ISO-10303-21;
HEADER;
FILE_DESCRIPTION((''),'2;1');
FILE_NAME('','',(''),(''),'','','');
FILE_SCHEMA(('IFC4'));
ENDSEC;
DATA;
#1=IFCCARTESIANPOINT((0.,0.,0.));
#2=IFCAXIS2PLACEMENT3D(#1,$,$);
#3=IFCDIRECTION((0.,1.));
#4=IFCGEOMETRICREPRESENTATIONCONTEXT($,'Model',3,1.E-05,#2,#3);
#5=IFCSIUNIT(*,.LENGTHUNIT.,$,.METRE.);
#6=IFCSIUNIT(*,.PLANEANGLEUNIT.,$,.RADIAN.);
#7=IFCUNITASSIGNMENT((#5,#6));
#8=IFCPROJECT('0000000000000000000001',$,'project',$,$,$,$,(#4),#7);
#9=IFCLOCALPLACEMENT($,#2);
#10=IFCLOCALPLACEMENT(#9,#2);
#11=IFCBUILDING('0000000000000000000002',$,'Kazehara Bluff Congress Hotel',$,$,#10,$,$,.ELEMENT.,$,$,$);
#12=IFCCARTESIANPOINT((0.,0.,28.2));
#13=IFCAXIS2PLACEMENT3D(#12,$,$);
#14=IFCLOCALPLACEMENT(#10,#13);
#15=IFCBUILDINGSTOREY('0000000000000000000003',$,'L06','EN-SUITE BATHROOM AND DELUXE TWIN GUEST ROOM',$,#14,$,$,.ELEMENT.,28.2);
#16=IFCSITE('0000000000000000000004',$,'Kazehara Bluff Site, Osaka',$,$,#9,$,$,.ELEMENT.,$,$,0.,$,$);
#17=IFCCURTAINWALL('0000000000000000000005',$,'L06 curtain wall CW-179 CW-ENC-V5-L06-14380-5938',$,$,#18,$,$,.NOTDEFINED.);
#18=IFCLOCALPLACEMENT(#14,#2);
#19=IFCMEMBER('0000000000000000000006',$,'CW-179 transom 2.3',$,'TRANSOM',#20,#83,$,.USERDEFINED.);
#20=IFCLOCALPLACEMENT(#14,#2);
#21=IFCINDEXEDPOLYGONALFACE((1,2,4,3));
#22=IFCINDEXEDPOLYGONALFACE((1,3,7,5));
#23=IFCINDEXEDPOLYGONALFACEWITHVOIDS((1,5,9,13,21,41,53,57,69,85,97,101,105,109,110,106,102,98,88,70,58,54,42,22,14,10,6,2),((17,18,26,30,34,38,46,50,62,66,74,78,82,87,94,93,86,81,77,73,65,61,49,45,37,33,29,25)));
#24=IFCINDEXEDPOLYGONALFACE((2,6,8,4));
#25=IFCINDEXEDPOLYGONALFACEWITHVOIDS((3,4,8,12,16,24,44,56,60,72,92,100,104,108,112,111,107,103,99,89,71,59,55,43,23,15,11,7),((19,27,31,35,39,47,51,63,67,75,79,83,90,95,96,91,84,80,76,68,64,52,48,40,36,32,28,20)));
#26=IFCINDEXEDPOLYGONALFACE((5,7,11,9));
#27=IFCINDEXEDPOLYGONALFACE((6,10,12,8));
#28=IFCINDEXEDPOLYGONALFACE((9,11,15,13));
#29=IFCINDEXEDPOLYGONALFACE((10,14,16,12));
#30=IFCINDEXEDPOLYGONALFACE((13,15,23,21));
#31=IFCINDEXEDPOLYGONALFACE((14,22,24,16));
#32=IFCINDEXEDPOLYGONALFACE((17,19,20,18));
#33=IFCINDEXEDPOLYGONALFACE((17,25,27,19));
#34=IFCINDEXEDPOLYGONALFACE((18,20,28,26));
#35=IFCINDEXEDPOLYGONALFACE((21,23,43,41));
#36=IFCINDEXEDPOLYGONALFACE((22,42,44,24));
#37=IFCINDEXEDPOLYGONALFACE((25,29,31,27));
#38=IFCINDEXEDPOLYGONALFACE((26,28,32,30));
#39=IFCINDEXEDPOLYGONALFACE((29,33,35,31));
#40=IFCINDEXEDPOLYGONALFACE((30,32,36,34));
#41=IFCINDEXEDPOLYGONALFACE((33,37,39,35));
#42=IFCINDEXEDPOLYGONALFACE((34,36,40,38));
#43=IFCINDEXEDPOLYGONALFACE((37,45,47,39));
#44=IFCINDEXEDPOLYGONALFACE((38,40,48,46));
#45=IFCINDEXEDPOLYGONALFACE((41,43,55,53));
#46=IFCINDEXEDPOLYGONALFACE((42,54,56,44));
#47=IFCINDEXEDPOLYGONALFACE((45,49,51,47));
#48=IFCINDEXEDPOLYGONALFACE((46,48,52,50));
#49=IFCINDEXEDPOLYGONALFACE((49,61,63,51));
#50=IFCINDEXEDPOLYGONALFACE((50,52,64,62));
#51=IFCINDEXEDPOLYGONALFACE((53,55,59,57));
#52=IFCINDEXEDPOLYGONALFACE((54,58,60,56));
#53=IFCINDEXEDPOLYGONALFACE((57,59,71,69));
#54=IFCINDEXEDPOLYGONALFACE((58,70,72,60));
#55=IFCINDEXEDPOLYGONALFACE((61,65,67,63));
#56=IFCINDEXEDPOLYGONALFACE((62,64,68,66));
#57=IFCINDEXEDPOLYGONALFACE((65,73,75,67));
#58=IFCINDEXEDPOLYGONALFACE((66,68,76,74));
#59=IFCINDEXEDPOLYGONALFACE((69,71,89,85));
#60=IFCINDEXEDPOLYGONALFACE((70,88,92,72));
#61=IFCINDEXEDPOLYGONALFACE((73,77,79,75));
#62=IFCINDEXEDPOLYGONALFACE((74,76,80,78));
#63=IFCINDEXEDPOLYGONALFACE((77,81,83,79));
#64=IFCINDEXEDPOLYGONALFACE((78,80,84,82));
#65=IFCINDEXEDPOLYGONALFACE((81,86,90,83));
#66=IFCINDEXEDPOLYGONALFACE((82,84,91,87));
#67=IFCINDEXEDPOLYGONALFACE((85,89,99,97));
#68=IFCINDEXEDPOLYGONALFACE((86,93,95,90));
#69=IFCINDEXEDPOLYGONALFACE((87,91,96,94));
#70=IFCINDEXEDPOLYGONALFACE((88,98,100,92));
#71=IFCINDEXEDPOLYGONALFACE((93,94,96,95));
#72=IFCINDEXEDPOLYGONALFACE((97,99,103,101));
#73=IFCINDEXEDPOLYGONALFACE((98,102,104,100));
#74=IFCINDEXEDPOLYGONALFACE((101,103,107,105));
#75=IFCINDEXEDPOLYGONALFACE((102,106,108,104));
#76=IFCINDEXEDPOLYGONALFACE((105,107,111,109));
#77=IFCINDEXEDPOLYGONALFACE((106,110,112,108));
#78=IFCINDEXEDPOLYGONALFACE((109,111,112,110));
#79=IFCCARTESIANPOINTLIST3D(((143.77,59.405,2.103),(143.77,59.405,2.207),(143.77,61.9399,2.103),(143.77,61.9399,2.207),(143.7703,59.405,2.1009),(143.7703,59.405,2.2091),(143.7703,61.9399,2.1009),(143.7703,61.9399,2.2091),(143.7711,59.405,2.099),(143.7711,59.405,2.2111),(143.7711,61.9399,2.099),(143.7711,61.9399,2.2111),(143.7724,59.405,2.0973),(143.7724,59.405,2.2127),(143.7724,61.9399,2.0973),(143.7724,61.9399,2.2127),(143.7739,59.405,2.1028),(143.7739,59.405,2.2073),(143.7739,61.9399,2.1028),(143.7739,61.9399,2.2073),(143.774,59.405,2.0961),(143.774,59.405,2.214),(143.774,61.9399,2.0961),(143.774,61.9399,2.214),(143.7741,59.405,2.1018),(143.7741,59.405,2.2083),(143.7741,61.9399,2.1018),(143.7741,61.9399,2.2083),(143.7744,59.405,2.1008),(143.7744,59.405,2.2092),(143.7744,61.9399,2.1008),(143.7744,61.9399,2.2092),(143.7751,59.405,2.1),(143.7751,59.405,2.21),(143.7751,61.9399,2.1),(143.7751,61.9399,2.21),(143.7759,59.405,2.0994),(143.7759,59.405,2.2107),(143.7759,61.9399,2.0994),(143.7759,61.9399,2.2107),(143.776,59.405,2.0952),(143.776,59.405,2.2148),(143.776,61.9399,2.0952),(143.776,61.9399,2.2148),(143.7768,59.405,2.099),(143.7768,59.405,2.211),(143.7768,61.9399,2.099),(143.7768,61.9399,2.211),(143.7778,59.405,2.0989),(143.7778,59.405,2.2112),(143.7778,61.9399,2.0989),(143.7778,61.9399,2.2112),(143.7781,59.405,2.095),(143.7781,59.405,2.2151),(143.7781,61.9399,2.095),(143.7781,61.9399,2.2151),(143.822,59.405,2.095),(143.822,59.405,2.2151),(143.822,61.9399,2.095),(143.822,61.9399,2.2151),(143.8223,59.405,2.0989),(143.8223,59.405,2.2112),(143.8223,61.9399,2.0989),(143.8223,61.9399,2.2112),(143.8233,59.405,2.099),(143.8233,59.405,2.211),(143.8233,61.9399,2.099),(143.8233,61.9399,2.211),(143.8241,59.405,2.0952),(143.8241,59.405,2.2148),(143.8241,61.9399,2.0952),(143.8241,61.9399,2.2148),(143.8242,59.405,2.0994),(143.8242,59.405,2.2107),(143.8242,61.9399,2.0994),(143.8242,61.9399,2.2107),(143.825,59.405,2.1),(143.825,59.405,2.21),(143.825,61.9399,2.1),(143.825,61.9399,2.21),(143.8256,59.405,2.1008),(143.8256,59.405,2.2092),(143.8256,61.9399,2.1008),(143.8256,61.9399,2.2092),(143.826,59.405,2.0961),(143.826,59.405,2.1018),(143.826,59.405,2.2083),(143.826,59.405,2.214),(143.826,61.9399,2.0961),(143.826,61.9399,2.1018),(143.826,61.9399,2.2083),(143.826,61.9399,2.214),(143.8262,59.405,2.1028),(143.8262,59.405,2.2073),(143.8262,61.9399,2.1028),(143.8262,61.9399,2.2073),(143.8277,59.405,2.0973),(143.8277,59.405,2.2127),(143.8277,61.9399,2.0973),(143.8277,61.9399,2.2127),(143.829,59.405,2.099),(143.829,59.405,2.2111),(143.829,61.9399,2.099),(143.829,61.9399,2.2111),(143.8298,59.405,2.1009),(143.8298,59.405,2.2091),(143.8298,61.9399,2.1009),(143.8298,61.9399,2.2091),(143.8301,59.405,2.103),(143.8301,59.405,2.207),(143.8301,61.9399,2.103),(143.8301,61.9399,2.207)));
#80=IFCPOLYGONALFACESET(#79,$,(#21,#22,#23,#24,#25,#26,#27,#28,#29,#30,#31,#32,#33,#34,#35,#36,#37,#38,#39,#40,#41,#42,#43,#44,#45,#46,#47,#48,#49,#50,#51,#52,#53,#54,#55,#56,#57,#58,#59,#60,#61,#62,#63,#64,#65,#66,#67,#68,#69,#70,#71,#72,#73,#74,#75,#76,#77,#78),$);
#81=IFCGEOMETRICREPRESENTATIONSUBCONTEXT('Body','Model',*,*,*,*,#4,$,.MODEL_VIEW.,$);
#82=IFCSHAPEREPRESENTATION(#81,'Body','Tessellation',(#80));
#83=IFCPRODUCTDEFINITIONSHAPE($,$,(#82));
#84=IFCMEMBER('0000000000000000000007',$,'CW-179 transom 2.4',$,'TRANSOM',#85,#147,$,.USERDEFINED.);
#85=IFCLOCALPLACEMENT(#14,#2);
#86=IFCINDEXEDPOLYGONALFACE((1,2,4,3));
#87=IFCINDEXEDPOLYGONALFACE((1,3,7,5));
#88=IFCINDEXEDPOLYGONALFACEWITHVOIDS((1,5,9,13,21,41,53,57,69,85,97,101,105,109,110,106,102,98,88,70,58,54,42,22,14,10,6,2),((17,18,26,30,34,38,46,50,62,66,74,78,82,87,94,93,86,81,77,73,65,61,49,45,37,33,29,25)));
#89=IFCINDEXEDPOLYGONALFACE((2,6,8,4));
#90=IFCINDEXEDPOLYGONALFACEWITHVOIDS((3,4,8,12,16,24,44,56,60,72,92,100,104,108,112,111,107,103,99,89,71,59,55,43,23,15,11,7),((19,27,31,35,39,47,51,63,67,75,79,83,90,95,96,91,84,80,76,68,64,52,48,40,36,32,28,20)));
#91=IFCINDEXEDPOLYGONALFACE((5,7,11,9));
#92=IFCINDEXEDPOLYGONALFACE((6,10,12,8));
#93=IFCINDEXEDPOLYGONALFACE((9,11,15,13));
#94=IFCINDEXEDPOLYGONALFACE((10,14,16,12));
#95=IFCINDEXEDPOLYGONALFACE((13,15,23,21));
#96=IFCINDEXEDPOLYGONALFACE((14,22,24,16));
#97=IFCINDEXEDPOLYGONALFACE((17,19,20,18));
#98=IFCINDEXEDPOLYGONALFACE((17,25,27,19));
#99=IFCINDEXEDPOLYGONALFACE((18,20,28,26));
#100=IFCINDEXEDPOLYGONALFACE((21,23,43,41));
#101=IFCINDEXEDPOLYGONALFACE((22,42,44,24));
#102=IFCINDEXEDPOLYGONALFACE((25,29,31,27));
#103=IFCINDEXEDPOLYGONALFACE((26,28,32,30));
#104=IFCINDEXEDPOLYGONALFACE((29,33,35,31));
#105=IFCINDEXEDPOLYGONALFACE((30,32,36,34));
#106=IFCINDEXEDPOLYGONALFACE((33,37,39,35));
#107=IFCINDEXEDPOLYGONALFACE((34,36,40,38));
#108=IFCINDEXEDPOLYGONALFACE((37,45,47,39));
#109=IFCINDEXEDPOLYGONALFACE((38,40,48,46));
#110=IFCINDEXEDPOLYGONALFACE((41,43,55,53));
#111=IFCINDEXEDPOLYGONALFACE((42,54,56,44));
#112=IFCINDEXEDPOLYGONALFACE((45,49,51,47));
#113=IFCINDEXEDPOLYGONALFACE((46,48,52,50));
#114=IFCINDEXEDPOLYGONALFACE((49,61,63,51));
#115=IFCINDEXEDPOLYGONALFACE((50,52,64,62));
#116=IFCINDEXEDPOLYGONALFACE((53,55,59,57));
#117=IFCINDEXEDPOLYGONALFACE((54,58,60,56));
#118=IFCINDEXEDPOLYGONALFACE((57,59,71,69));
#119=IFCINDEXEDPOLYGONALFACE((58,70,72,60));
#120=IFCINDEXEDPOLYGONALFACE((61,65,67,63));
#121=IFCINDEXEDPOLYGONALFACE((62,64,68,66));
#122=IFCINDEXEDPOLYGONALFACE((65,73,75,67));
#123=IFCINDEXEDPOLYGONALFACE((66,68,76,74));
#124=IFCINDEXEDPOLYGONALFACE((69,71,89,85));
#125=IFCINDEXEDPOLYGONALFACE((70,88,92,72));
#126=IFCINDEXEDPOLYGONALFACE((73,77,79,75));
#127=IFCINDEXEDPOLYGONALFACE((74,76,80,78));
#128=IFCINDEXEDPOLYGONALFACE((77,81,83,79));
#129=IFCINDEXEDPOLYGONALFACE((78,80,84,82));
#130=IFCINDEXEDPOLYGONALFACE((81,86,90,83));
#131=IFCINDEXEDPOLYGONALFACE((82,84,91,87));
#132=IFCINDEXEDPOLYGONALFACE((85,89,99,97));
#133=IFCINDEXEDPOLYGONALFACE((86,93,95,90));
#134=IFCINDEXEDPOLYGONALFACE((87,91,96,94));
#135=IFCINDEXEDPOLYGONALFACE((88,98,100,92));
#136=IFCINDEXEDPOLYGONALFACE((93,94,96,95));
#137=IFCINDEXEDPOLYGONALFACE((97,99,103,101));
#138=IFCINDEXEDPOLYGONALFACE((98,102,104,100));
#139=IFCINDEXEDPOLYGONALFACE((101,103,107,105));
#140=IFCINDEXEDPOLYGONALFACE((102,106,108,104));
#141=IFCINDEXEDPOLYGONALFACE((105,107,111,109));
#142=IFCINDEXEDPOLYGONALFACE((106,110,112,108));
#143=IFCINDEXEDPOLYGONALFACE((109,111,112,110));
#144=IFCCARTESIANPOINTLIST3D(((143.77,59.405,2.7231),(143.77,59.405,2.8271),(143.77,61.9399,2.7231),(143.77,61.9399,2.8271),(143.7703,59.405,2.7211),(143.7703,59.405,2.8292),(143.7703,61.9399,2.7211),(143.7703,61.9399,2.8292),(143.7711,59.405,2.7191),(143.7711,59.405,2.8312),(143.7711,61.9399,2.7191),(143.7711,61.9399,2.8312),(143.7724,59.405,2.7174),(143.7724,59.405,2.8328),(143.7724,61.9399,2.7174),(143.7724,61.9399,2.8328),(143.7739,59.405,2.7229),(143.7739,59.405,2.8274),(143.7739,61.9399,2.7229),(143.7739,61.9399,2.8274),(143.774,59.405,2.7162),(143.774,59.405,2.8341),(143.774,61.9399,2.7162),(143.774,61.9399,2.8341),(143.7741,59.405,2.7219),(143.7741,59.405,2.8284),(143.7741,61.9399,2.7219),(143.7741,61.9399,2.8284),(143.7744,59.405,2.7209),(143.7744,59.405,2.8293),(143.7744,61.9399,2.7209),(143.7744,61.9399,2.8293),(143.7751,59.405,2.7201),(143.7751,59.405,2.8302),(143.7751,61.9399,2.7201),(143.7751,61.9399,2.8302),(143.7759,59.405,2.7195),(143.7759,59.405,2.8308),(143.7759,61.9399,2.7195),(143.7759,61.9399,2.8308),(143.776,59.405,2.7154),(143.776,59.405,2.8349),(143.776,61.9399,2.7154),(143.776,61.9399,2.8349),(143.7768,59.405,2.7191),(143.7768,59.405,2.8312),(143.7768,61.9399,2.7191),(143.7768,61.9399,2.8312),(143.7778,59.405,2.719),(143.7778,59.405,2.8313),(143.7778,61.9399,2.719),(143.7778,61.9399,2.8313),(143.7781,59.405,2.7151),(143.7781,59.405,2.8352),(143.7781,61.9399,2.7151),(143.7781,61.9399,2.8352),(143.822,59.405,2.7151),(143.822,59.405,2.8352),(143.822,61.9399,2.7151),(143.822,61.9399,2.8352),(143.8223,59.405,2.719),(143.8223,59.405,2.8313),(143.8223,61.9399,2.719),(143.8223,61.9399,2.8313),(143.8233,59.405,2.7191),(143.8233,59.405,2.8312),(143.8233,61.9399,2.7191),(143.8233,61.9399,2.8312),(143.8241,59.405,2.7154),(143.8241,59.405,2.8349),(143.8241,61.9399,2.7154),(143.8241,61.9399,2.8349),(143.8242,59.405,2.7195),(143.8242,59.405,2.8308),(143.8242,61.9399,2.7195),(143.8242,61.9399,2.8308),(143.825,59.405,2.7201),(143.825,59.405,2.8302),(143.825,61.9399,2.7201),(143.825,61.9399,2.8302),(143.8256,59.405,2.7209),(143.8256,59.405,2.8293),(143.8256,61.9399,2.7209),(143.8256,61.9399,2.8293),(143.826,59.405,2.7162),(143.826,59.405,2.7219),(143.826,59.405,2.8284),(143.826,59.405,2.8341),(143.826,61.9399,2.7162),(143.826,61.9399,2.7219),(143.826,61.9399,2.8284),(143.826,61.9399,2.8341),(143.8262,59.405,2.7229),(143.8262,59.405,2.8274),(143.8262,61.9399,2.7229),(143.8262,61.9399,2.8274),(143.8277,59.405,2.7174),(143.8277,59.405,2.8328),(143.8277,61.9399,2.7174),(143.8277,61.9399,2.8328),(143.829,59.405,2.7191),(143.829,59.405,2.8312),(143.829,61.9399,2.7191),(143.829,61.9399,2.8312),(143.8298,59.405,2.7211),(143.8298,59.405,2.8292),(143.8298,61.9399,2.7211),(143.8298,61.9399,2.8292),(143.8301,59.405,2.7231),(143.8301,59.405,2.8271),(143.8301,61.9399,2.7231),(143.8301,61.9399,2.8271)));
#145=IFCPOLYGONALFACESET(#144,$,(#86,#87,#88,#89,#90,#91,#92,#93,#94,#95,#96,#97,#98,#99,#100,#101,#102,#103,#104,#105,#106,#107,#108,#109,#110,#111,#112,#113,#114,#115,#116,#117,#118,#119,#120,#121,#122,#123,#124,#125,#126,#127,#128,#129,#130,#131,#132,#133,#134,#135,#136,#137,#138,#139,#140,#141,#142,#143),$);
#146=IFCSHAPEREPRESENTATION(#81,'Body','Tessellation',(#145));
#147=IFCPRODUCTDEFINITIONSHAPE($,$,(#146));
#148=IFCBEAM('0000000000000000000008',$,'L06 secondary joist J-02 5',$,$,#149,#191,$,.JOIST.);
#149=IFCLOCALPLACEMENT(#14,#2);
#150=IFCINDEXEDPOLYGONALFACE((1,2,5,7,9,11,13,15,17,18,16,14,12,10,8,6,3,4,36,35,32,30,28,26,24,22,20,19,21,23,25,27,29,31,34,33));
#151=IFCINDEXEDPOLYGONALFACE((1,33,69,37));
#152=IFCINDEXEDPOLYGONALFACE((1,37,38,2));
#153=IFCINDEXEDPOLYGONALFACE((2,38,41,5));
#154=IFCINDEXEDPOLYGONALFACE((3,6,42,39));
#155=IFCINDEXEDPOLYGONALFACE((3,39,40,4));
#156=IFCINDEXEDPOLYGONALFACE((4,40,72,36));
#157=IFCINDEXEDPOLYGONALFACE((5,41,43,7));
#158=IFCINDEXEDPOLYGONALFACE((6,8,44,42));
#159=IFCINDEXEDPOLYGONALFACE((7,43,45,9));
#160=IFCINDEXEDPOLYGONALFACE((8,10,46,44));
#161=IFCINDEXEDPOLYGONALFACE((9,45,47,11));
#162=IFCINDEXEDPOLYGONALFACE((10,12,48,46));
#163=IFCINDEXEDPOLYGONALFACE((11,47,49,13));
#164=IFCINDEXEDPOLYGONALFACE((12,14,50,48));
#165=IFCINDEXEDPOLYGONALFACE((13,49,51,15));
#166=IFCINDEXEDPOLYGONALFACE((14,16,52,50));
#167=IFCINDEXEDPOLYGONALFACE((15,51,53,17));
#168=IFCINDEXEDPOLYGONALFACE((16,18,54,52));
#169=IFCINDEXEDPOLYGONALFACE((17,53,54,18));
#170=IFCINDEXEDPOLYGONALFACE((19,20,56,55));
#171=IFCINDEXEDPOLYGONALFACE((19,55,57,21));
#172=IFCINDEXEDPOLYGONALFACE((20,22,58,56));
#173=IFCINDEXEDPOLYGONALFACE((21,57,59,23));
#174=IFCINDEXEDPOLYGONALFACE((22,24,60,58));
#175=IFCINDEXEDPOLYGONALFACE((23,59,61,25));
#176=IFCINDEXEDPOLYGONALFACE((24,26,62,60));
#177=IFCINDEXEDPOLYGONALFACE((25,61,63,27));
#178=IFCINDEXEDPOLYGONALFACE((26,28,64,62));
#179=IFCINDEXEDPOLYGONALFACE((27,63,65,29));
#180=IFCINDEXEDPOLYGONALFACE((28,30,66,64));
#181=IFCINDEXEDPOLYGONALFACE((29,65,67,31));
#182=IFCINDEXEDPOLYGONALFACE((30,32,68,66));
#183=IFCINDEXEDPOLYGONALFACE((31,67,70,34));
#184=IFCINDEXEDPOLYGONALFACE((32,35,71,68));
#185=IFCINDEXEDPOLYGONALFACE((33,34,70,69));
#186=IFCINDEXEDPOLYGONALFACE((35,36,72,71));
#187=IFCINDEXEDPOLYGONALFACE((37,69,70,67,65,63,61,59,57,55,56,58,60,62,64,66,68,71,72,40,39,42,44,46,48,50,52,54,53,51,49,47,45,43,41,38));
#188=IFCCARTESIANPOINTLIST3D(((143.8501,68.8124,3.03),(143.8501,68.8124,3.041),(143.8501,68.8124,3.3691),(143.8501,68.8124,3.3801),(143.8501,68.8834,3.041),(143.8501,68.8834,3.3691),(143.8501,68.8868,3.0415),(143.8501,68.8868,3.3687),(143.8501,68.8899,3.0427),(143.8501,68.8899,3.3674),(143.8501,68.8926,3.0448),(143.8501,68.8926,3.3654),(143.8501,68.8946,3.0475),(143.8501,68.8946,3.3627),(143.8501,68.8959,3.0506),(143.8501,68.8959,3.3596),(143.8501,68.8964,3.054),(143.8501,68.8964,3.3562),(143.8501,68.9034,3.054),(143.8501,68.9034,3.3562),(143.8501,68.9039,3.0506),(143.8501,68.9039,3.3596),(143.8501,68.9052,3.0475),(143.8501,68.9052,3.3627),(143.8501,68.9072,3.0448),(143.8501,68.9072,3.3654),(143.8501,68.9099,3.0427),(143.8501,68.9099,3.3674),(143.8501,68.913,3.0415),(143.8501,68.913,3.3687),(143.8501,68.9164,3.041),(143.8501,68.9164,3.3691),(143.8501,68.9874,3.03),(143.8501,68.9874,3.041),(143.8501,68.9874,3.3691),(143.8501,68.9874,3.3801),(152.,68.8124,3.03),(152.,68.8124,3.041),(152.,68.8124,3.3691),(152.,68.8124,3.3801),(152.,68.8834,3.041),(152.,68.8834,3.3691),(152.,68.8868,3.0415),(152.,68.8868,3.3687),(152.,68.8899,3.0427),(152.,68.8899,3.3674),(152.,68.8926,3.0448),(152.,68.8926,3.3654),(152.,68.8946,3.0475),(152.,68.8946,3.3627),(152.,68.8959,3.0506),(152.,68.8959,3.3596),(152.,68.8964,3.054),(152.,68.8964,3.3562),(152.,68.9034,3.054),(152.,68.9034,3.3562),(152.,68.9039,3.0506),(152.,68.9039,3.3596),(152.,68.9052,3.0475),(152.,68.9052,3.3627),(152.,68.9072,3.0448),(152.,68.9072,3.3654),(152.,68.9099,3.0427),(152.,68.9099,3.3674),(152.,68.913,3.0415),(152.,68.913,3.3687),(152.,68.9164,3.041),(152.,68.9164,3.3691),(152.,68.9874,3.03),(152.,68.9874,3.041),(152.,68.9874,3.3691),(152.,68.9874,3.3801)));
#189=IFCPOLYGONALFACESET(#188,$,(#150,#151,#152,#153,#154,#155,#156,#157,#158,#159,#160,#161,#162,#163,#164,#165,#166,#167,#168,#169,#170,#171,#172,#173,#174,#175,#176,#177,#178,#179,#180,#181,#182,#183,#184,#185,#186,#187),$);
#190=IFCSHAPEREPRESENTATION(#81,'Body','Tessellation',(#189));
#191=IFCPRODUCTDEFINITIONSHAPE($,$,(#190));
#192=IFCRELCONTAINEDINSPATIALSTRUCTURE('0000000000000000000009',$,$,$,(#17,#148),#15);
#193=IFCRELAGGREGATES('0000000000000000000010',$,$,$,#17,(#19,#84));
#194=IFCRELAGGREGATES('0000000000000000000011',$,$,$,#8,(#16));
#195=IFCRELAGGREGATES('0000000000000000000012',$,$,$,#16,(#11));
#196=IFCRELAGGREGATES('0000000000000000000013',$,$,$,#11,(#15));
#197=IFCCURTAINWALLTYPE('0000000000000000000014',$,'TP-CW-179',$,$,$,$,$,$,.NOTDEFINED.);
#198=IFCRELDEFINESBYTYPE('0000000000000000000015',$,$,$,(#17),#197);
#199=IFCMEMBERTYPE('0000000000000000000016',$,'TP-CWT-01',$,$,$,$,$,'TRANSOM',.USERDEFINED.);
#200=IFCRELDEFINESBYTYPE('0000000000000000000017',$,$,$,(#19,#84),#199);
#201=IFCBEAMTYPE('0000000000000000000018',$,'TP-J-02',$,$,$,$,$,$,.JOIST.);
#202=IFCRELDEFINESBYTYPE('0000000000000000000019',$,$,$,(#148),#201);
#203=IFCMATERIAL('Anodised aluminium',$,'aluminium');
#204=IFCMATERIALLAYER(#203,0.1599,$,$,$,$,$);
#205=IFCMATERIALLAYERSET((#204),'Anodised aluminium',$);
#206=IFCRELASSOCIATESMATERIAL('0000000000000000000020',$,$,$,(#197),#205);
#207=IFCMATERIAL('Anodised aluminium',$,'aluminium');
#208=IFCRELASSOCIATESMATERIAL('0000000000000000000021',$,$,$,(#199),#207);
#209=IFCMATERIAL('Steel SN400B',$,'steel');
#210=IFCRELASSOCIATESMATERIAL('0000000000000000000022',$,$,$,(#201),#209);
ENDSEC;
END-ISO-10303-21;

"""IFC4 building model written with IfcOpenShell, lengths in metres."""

from ifc_helpers import new_model, si_unit, direction, frame, origin, origin_2d, place, context, subcontext, project, spatial, hollow_rectangle, i_section, extrude, material, layer, layer_set, material_profile, profile_set, type_object, element, aggregate, save


model = new_model("IFC4")

# Units and contexts
model_context = context("Model", 3, precision=1e-05, world=origin(), true_north=direction((0.0, 1.0)))
body_context = subcontext(model_context, "Body", "Model", "MODEL_VIEW")
ifc_project = project(units=[si_unit("LENGTHUNIT", "METRE"), si_unit("PLANEANGLEUNIT", "RADIAN")], contexts=[model_context])

# Site, building, storey
site_placement = place(None, origin())
site = spatial("IfcSite", under=ifc_project, at=site_placement, Name="Kazehara Bluff Site, Osaka", CompositionType="ELEMENT", RefElevation=0.0)
building_placement = place(site_placement, origin())
building = spatial("IfcBuilding", under=site, at=building_placement, Name="Kazehara Bluff Congress Hotel", CompositionType="ELEMENT")
storey_placement = place(building_placement, frame((0.0, 0.0, 28.2)))
storey = spatial("IfcBuildingStorey", under=building, at=storey_placement, Name="L06", Description="EN-SUITE BATHROOM AND DELUXE TWIN GUEST ROOM", CompositionType="ELEMENT", Elevation=28.2)

# Curtain wall, members
ifc_material_1 = material(Name="Anodised aluminium", Category="aluminium")
ifc_layer_1 = layer(ifc_material_1, 0.1599)
ifc_layer_set_1 = layer_set([ifc_layer_1], Name="Anodised aluminium")
curtain_wall_type = type_object("IfcCurtainWallType", Name="TP-CW-179", PredefinedType="NOTDEFINED", material=ifc_layer_set_1)
curtain_wall_placement = place(storey_placement, origin())
curtain_wall = element("IfcCurtainWall", 1, at=curtain_wall_placement, inside=storey, type_object=curtain_wall_type, Name="L06 curtain wall CW-179 CW-ENC-V5-L06-14380-5938", PredefinedType="NOTDEFINED")
ifc_material_2 = material(Name="Anodised aluminium", Category="aluminium")
ifc_material_profile_1 = material_profile(ifc_material_2, hollow_rectangle(XDim=0.0601, YDim=0.1201, WallThickness=0.0039, InnerFilletRadius=0.0039, OuterFilletRadius=0.0081, at=origin_2d()))
ifc_profile_set_1 = profile_set([ifc_material_profile_1], Name="Anodised aluminium")
member_type_1 = type_object("IfcMemberType", Name="TP-CWT-01", ElementType="TRANSOM", PredefinedType="USERDEFINED", material=ifc_profile_set_1)
member_1_placement = place(storey_placement, frame((143.8, 59.405, 2.155), z_axis=(0.0, 1.0, 0.0), x_axis=(-1.0, 0.0, 0.0)))
member_1 = element("IfcMember", 2, at=member_1_placement, type_object=member_type_1, Name="CW-179 transom 2.3", ObjectType="TRANSOM", PredefinedType="USERDEFINED", context=body_context, shape_type="SweptSolid", body=[
    extrude(hollow_rectangle(XDim=0.0601, YDim=0.1201, WallThickness=0.0039, InnerFilletRadius=0.0039, OuterFilletRadius=0.0081, at=origin_2d()), origin(), (0.0, 0.0, 1.0), 2.5349),
])
member_2_placement = place(storey_placement, frame((143.8, 59.405, 2.7751), z_axis=(0.0, 1.0, 0.0), x_axis=(-1.0, 0.0, 0.0)))
member_2 = element("IfcMember", 3, at=member_2_placement, type_object=member_type_1, Name="CW-179 transom 2.4", ObjectType="TRANSOM", PredefinedType="USERDEFINED", context=body_context, shape_type="SweptSolid", body=[
    extrude(hollow_rectangle(XDim=0.0601, YDim=0.1201, WallThickness=0.0039, InnerFilletRadius=0.0039, OuterFilletRadius=0.0081, at=origin_2d()), origin(), (0.0, 0.0, 1.0), 2.5349),
])

# Beam
ifc_material_3 = material(Name="Steel SN400B", Category="steel")
ifc_material_profile_2 = material_profile(ifc_material_3, i_section(OverallWidth=0.175, OverallDepth=0.3501, WebThickness=0.0071, FlangeThickness=0.011, FilletRadius=0.0129, at=origin_2d()))
ifc_profile_set_2 = profile_set([ifc_material_profile_2], Name="Steel SN400B")
beam_type = type_object("IfcBeamType", Name="TP-J-02", PredefinedType="JOIST", material=ifc_profile_set_2)
for number, where, z_axis, x_axis, name in (
    (4, (143.8501, 68.8999, 3.2051), (1.0, 0.0, 0.0), (0.0, 1.0, 0.0), "L06 secondary joist J-02 5"),
):
    element("IfcBeam", number, at=place(storey_placement, frame(where, z_axis=z_axis, x_axis=x_axis)), inside=storey, type_object=beam_type, Name=name, PredefinedType="JOIST", context=body_context, shape_type="SweptSolid", body=[
        extrude(i_section(OverallWidth=0.175, OverallDepth=0.3501, WebThickness=0.0071, FlangeThickness=0.011, FilletRadius=0.0129, at=origin_2d()), origin(), (0.0, 0.0, 1.0), 8.1499),
    ])

aggregate(curtain_wall, [member_1, member_2])

save(model, "model.ifc")
